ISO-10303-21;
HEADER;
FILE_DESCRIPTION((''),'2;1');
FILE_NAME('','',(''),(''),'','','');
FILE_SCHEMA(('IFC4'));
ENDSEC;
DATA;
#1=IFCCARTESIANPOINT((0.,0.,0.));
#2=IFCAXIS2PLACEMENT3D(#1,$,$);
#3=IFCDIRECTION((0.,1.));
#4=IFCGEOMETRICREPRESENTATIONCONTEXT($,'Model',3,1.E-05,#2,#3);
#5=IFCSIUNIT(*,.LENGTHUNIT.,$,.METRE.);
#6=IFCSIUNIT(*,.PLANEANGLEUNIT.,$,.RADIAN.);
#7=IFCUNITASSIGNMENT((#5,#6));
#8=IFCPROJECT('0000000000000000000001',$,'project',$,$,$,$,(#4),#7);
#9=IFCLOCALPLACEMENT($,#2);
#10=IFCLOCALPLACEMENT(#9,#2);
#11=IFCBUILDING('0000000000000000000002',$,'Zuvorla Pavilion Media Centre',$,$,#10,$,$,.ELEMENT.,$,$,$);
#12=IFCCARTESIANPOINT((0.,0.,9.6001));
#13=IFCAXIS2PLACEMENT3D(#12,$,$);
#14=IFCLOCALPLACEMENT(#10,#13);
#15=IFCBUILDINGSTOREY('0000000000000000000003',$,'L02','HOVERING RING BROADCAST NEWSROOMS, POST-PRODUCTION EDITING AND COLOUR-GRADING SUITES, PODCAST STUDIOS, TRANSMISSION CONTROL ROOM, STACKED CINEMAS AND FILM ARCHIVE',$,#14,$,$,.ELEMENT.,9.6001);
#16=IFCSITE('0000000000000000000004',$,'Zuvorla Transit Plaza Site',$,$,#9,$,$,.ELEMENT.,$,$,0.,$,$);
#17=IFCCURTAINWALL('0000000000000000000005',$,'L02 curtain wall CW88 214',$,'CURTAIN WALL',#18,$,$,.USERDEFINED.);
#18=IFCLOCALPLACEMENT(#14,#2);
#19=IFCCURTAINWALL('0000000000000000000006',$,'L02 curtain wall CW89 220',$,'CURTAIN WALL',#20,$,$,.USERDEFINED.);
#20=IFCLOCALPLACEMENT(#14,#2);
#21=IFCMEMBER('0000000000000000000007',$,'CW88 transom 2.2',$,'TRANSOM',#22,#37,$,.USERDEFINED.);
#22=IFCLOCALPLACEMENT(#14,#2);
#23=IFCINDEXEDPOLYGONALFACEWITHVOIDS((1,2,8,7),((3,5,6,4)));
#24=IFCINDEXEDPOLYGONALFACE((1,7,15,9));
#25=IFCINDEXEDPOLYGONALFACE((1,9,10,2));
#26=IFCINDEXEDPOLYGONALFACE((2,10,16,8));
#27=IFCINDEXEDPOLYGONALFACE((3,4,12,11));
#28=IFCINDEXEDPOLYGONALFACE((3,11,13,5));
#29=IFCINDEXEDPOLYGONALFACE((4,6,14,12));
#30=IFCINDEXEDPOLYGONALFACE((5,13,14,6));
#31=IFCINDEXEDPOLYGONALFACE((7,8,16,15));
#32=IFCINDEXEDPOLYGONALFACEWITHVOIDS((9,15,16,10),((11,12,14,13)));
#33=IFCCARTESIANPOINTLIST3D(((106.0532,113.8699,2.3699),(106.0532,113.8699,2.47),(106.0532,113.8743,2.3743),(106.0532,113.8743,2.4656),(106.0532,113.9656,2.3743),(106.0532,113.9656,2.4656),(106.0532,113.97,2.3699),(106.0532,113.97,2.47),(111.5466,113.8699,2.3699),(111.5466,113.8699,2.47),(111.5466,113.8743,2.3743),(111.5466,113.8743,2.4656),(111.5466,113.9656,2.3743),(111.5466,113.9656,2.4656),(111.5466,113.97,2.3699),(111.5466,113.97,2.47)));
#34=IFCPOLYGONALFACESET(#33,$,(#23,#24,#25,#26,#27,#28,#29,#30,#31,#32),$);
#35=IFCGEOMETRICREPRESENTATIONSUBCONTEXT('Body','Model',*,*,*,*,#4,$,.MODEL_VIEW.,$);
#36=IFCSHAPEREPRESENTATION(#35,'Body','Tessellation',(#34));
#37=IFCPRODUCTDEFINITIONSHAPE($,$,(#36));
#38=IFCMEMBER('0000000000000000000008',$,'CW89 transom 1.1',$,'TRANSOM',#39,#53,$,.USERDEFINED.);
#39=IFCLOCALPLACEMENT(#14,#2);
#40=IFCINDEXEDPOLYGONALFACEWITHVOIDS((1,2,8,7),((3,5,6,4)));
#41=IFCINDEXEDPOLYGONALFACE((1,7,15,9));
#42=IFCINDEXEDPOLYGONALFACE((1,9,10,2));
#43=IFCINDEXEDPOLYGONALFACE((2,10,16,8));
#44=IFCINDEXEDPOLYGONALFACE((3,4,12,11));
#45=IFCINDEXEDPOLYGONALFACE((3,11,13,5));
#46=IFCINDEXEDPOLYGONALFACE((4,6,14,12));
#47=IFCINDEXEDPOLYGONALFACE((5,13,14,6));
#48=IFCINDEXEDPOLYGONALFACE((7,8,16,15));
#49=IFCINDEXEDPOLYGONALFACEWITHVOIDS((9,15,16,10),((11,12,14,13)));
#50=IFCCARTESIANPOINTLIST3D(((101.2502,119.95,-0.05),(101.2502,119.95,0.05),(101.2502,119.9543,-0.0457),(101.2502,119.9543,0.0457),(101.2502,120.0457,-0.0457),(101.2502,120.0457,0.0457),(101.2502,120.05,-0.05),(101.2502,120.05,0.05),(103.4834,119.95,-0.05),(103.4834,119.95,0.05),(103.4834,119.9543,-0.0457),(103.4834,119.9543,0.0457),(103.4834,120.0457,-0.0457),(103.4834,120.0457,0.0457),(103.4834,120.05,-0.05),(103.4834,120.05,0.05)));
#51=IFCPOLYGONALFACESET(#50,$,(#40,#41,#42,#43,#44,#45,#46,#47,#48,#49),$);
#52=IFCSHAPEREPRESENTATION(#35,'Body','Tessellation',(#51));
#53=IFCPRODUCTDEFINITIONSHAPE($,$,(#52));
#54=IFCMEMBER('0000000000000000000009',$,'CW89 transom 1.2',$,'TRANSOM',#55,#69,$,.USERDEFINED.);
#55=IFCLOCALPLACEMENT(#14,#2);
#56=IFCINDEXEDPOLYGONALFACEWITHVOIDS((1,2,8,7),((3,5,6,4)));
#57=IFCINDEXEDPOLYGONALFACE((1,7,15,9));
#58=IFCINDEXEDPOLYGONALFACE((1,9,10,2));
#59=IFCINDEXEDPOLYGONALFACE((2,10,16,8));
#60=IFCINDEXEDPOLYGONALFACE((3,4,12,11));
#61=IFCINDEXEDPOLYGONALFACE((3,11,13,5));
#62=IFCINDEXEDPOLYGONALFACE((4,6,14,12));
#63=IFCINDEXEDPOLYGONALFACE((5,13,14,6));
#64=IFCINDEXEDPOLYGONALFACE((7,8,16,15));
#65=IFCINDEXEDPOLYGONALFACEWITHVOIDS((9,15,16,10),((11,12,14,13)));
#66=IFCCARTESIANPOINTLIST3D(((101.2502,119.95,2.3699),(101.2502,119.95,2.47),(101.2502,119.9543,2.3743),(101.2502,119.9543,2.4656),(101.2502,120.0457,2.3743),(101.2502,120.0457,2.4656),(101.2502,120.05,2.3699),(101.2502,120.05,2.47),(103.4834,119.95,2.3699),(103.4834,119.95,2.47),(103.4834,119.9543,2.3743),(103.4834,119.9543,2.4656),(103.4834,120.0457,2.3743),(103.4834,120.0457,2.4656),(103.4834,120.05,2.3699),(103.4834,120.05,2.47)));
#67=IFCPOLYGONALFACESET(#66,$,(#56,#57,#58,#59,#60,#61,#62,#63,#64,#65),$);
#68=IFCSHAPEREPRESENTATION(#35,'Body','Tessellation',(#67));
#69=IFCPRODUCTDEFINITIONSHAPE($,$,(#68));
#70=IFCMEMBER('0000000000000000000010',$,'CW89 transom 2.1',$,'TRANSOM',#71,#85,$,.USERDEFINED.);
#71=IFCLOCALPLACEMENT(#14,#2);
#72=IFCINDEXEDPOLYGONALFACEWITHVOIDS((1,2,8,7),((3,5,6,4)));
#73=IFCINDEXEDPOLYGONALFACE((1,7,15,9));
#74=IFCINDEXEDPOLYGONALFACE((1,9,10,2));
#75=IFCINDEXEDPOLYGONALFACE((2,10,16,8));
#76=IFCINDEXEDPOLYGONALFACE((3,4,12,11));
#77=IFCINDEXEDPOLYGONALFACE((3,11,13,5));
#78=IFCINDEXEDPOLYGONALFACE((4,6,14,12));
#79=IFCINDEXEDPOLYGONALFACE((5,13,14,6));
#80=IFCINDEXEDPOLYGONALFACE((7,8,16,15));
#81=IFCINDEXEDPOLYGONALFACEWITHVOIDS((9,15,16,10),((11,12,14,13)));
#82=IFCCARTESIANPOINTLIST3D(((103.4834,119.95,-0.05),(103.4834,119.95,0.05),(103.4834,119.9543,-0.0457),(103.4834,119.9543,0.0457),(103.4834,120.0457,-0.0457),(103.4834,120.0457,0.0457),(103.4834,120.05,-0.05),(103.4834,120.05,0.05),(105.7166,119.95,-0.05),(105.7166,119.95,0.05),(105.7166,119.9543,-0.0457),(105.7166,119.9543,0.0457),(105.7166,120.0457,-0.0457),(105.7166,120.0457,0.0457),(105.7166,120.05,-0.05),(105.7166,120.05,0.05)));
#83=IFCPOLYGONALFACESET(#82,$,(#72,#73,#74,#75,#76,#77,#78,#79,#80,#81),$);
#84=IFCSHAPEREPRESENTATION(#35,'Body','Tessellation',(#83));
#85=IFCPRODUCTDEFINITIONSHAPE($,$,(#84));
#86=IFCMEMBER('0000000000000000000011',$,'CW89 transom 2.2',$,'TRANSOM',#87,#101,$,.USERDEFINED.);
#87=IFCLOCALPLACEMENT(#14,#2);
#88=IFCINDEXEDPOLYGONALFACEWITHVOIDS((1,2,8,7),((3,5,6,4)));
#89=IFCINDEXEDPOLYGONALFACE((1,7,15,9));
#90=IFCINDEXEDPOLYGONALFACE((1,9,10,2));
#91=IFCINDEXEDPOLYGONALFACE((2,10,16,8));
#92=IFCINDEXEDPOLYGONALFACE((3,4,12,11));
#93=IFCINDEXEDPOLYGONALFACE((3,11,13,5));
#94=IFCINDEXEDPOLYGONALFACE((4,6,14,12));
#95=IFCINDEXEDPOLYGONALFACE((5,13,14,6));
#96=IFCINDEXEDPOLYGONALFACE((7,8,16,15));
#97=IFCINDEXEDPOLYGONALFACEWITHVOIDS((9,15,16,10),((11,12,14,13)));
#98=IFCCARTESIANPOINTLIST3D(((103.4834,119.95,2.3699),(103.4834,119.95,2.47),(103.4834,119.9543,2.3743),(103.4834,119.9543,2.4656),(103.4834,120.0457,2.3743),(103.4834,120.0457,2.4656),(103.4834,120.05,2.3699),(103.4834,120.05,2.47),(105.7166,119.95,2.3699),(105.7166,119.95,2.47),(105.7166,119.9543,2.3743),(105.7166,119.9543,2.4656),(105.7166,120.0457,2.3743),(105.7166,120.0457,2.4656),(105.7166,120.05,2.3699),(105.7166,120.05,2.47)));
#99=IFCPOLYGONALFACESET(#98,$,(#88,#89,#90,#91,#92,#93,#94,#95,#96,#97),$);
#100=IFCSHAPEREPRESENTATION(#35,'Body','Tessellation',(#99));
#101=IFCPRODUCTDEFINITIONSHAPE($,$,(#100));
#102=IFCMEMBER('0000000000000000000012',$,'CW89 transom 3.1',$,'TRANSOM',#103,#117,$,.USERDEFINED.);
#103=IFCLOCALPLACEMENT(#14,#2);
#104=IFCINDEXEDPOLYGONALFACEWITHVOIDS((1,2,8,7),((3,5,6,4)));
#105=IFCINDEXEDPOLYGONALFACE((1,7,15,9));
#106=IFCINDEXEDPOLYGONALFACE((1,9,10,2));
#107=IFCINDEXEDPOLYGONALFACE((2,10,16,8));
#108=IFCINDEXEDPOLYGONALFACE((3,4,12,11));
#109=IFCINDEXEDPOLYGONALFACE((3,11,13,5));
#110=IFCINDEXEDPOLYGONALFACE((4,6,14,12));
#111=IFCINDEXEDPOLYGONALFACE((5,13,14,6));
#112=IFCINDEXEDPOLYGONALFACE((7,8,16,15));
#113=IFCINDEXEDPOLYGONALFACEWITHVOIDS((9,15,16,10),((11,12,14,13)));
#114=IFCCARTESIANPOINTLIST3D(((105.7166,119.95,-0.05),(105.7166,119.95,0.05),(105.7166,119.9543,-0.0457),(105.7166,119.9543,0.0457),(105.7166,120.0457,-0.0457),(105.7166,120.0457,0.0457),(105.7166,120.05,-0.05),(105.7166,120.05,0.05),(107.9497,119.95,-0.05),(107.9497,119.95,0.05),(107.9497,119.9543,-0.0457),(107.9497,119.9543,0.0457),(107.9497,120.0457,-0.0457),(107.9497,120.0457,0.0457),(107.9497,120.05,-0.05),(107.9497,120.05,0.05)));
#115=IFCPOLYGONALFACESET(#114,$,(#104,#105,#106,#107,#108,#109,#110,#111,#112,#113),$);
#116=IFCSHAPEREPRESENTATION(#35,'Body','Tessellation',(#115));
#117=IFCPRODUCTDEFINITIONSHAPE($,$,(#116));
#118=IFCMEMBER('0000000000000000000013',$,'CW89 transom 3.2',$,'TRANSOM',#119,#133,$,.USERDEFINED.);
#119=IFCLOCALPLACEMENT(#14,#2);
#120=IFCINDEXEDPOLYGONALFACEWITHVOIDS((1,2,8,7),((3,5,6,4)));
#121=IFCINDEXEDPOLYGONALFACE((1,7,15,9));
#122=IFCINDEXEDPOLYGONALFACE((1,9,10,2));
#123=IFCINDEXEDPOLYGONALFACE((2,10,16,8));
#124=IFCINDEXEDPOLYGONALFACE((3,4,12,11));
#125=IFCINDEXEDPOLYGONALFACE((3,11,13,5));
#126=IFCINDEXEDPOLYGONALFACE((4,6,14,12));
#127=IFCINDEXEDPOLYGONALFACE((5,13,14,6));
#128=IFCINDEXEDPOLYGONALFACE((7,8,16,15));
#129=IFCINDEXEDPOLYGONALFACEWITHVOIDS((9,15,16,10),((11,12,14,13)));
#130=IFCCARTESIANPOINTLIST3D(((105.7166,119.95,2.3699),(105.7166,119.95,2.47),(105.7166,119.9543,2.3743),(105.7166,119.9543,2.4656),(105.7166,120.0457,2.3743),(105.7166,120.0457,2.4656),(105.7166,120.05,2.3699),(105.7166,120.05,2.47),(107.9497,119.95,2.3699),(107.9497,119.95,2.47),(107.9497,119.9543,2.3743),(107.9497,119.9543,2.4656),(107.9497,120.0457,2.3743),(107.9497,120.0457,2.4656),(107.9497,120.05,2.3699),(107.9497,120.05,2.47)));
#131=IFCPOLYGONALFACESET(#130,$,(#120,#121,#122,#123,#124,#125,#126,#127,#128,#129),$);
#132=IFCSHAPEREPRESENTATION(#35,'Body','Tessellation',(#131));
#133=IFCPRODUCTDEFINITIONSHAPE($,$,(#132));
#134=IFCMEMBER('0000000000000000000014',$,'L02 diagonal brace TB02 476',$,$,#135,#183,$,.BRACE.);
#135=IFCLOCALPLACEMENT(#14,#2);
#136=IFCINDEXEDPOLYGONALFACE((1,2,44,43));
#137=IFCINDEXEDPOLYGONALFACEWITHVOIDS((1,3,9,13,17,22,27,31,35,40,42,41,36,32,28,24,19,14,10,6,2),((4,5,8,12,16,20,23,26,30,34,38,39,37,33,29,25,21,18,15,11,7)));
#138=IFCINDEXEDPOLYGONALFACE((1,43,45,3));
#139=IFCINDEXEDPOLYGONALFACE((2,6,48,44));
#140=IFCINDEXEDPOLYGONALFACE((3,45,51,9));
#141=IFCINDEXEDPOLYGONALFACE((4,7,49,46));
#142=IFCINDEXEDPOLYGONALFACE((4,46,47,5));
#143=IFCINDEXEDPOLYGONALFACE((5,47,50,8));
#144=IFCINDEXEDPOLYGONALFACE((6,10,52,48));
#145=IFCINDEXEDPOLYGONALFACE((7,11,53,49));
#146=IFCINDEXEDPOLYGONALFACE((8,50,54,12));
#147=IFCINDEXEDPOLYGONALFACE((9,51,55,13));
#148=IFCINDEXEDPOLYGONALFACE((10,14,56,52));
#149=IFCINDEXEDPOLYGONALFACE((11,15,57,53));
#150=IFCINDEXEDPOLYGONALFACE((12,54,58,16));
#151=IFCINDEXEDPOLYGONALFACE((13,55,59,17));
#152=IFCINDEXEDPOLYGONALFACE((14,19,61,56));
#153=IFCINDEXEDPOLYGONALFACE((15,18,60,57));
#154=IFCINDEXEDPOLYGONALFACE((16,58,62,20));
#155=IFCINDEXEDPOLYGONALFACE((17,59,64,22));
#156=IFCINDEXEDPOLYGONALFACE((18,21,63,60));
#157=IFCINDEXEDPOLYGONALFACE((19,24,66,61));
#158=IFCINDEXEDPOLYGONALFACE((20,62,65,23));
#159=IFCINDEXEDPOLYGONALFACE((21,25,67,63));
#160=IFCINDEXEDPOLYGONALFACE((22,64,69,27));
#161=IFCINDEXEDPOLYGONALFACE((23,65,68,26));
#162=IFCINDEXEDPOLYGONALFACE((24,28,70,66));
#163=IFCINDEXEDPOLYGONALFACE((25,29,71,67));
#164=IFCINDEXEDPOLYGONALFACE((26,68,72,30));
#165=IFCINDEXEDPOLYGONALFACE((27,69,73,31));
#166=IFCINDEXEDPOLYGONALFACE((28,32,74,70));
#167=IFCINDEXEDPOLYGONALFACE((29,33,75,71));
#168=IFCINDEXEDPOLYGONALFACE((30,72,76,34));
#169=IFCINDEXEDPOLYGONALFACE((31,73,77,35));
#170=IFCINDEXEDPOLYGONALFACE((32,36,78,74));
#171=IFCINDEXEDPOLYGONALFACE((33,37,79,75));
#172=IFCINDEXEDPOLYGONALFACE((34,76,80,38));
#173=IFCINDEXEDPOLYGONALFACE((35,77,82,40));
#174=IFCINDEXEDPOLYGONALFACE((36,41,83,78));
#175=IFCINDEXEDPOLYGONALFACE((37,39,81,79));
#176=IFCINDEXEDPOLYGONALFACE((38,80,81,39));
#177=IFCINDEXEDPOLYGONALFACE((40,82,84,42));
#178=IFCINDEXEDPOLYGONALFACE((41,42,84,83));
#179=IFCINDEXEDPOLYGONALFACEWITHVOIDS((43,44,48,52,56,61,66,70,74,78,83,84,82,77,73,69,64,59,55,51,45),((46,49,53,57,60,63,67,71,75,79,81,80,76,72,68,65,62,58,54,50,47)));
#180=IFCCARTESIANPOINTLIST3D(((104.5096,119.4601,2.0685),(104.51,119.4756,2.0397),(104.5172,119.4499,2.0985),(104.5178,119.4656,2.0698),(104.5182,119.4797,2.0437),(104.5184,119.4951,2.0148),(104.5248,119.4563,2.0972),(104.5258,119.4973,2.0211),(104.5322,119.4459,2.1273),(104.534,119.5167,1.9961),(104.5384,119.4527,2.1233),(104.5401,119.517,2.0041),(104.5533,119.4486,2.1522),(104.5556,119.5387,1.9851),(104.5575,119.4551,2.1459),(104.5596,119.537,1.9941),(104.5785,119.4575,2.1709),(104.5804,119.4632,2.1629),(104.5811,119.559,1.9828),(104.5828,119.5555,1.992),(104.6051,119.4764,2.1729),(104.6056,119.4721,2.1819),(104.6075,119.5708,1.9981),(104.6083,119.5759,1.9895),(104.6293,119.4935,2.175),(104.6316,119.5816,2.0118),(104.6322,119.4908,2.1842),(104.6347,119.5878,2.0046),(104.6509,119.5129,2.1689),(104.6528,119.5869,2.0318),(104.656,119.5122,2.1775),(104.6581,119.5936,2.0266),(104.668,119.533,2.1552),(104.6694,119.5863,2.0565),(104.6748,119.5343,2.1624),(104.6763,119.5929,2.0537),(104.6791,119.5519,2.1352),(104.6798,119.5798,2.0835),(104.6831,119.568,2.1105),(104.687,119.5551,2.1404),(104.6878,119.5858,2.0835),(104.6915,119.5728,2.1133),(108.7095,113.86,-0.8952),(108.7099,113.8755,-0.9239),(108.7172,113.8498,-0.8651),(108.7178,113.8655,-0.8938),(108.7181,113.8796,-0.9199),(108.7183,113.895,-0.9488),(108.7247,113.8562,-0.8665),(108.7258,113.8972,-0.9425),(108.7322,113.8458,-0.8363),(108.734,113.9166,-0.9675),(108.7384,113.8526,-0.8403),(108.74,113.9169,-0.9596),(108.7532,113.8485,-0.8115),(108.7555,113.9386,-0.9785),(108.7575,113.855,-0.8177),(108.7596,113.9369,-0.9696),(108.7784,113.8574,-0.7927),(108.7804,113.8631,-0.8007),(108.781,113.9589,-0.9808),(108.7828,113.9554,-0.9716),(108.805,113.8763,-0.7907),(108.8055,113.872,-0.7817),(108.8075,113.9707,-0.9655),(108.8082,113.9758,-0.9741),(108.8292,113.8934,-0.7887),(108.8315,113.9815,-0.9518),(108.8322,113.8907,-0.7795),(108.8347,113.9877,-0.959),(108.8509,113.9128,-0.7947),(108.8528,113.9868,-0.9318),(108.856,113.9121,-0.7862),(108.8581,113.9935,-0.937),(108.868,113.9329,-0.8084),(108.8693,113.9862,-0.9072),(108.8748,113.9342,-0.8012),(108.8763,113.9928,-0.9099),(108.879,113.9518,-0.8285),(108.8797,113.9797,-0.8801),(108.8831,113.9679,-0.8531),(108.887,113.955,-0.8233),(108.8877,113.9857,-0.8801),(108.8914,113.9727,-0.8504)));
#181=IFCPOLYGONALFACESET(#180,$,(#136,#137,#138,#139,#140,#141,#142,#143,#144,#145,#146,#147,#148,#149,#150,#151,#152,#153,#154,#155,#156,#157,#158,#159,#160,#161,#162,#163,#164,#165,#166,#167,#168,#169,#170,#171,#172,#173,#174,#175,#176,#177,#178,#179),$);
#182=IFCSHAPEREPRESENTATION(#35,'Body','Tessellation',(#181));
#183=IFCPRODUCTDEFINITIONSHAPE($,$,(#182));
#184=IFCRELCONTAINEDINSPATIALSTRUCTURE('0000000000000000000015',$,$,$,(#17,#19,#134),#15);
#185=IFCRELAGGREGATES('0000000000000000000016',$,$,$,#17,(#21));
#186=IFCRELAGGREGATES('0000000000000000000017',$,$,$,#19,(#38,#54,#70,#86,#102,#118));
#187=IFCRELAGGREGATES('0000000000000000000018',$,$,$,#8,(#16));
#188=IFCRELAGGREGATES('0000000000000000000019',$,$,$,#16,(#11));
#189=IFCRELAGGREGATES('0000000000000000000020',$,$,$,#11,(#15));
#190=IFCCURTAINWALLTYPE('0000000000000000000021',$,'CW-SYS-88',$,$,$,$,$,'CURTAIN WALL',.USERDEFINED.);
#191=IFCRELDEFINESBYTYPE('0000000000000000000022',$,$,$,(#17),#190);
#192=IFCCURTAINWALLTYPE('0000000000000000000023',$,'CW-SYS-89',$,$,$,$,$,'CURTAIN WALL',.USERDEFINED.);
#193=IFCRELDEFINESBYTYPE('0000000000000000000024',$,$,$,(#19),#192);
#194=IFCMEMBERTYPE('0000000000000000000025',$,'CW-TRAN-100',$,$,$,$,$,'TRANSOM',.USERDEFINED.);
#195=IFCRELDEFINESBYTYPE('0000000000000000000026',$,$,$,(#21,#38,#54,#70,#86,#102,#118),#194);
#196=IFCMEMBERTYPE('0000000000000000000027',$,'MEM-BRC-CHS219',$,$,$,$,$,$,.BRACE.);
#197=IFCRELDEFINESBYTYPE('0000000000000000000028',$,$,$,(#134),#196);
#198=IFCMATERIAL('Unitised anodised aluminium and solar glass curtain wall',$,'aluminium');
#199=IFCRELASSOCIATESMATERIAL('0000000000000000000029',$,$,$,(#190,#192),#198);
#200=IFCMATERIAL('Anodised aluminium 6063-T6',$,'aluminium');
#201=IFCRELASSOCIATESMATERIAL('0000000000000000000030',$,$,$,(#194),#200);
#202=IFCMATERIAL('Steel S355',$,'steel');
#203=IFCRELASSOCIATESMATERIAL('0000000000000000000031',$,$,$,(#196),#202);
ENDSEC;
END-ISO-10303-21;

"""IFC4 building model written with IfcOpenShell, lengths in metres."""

from ifc_helpers import new_model, si_unit, direction, frame, origin, origin_2d, place, context, subcontext, project, spatial, hollow_rectangle, hollow_circle, extrude, material, material_profile, profile_set, type_object, element, aggregate, save


model = new_model("IFC4")

# Units and contexts
model_context = context("Model", 3, precision=1e-05, world=origin(), true_north=direction((0.0, 1.0)))
body_context = subcontext(model_context, "Body", "Model", "MODEL_VIEW")
ifc_project = project(units=[si_unit("LENGTHUNIT", "METRE"), si_unit("PLANEANGLEUNIT", "RADIAN")], contexts=[model_context])

# Site, building, storey
site_placement = place(None, origin())
site = spatial("IfcSite", under=ifc_project, at=site_placement, Name="Zuvorla Transit Plaza Site", CompositionType="ELEMENT", RefElevation=0.0)
building_placement = place(site_placement, origin())
building = spatial("IfcBuilding", under=site, at=building_placement, Name="Zuvorla Pavilion Media Centre", CompositionType="ELEMENT")
storey_placement = place(building_placement, frame((0.0, 0.0, 9.6001)))
storey = spatial("IfcBuildingStorey", under=building, at=storey_placement, Name="L02", Description="HOVERING RING BROADCAST NEWSROOMS, POST-PRODUCTION EDITING AND COLOUR-GRADING SUITES, PODCAST STUDIOS, TRANSMISSION CONTROL ROOM, STACKED CINEMAS AND FILM ARCHIVE", CompositionType="ELEMENT", Elevation=9.6001)

# Shared definitions
ifc_material_1 = material(Name="Steel S355", Category="steel")

# Curtain walls
ifc_material_2 = material(Name="Unitised anodised aluminium and solar glass curtain wall", Category="aluminium")
curtain_wall_type_1 = type_object("IfcCurtainWallType", Name="CW-SYS-88", ElementType="CURTAIN WALL", PredefinedType="USERDEFINED", material=ifc_material_2)
curtain_wall_1_placement = place(storey_placement, origin())
curtain_wall_1 = element("IfcCurtainWall", 1, at=curtain_wall_1_placement, inside=storey, type_object=curtain_wall_type_1, Name="L02 curtain wall CW88 214", ObjectType="CURTAIN WALL", PredefinedType="USERDEFINED")
ifc_material_3 = material(Name="Anodised aluminium 6063-T6", Category="aluminium")
curtain_wall_type_2 = type_object("IfcCurtainWallType", Name="CW-SYS-89", ElementType="CURTAIN WALL", PredefinedType="USERDEFINED", material=ifc_material_2)
curtain_wall_2_placement = place(storey_placement, origin())
curtain_wall_2 = element("IfcCurtainWall", 2, at=curtain_wall_2_placement, inside=storey, type_object=curtain_wall_type_2, Name="L02 curtain wall CW89 220", ObjectType="CURTAIN WALL", PredefinedType="USERDEFINED")

# Members
ifc_material_profile_1 = material_profile(ifc_material_3, hollow_rectangle(XDim=0.1001, YDim=0.1001, WallThickness=0.0044, at=origin_2d()), Name="ALU TRAN 100x100")
ifc_profile_set_1 = profile_set([ifc_material_profile_1], Name="Anodised aluminium 6063-T6")
member_type_1 = type_object("IfcMemberType", Name="CW-TRAN-100", ElementType="TRANSOM", PredefinedType="USERDEFINED", material=ifc_profile_set_1)
member_1_placement = place(storey_placement, frame((106.0532, 113.9199, 2.4199), z_axis=(1.0, 0.0, 0.0), x_axis=(0.0, 1.0, 0.0)))
member_1 = element("IfcMember", 3, at=member_1_placement, type_object=member_type_1, Name="CW88 transom 2.2", ObjectType="TRANSOM", PredefinedType="USERDEFINED", context=body_context, shape_type="SweptSolid", body=[
    extrude(hollow_rectangle(XDim=0.1001, YDim=0.1001, WallThickness=0.0044, at=origin_2d()), origin(), (0.0, 0.0, 1.0), 5.4934),
])
member_2_placement = place(storey_placement, frame((101.2502, 120.0, 0.0), z_axis=(1.0, 0.0, 0.0), x_axis=(0.0, 1.0, 0.0)))
member_2 = element("IfcMember", 4, at=member_2_placement, type_object=member_type_1, Name="CW89 transom 1.1", ObjectType="TRANSOM", PredefinedType="USERDEFINED", context=body_context, shape_type="SweptSolid", body=[
    extrude(hollow_rectangle(XDim=0.1001, YDim=0.1001, WallThickness=0.0044, at=origin_2d()), origin(), (0.0, 0.0, 1.0), 2.2332),
])
member_3_placement = place(storey_placement, frame((101.2502, 120.0, 2.4199), z_axis=(1.0, 0.0, 0.0), x_axis=(0.0, 1.0, 0.0)))
member_3 = element("IfcMember", 5, at=member_3_placement, type_object=member_type_1, Name="CW89 transom 1.2", ObjectType="TRANSOM", PredefinedType="USERDEFINED", context=body_context, shape_type="SweptSolid", body=[
    extrude(hollow_rectangle(XDim=0.1001, YDim=0.1001, WallThickness=0.0044, at=origin_2d()), origin(), (0.0, 0.0, 1.0), 2.2332),
])
member_4_placement = place(storey_placement, frame((103.4834, 120.0, 0.0), z_axis=(1.0, 0.0, 0.0), x_axis=(0.0, 1.0, 0.0)))
member_4 = element("IfcMember", 6, at=member_4_placement, type_object=member_type_1, Name="CW89 transom 2.1", ObjectType="TRANSOM", PredefinedType="USERDEFINED", context=body_context, shape_type="SweptSolid", body=[
    extrude(hollow_rectangle(XDim=0.1001, YDim=0.1001, WallThickness=0.0044, at=origin_2d()), origin(), (0.0, 0.0, 1.0), 2.2332),
])
member_5_placement = place(storey_placement, frame((103.4834, 120.0, 2.4199), z_axis=(1.0, 0.0, 0.0), x_axis=(0.0, 1.0, 0.0)))
member_5 = element("IfcMember", 7, at=member_5_placement, type_object=member_type_1, Name="CW89 transom 2.2", ObjectType="TRANSOM", PredefinedType="USERDEFINED", context=body_context, shape_type="SweptSolid", body=[
    extrude(hollow_rectangle(XDim=0.1001, YDim=0.1001, WallThickness=0.0044, at=origin_2d()), origin(), (0.0, 0.0, 1.0), 2.2332),
])
member_6_placement = place(storey_placement, frame((105.7166, 120.0, 0.0), z_axis=(1.0, 0.0, 0.0), x_axis=(0.0, 1.0, 0.0)))
member_6 = element("IfcMember", 8, at=member_6_placement, type_object=member_type_1, Name="CW89 transom 3.1", ObjectType="TRANSOM", PredefinedType="USERDEFINED", context=body_context, shape_type="SweptSolid", body=[
    extrude(hollow_rectangle(XDim=0.1001, YDim=0.1001, WallThickness=0.0044, at=origin_2d()), origin(), (0.0, 0.0, 1.0), 2.2332),
])
member_7_placement = place(storey_placement, frame((105.7166, 120.0, 2.4199), z_axis=(1.0, 0.0, 0.0), x_axis=(0.0, 1.0, 0.0)))
member_7 = element("IfcMember", 9, at=member_7_placement, type_object=member_type_1, Name="CW89 transom 3.2", ObjectType="TRANSOM", PredefinedType="USERDEFINED", context=body_context, shape_type="SweptSolid", body=[
    extrude(hollow_rectangle(XDim=0.1001, YDim=0.1001, WallThickness=0.0044, at=origin_2d()), origin(), (0.0, 0.0, 1.0), 2.2332),
])

# Member
ifc_material_profile_2 = material_profile(ifc_material_1, hollow_circle(Radius=0.1096, WallThickness=0.01, at=origin_2d()), Name="CHS 219.1x10")
ifc_profile_set_2 = profile_set([ifc_material_profile_2], Name="Steel S355")
member_type_2 = type_object("IfcMemberType", Name="MEM-BRC-CHS219", PredefinedType="BRACE", material=ifc_profile_set_2)
member_8_placement = place(storey_placement, frame((104.6001, 119.52, 2.0835), z_axis=(0.552512, -0.736704, -0.38987), x_axis=(0.800008, 0.599989, 0.0)))
element("IfcMember", 10, at=member_8_placement, inside=storey, type_object=member_type_2, Name="L02 diagonal brace TB02 476", PredefinedType="BRACE", context=body_context, shape_type="SweptSolid", body=[
    extrude(hollow_circle(Radius=0.1096, WallThickness=0.01, at=origin_2d()), origin(), (0.0, 0.0, 1.0), 7.6016),
])

aggregate(curtain_wall_1, [member_1])
aggregate(curtain_wall_2, [member_2, member_3, member_4, member_5, member_6, member_7])

save(model, "model.ifc")
